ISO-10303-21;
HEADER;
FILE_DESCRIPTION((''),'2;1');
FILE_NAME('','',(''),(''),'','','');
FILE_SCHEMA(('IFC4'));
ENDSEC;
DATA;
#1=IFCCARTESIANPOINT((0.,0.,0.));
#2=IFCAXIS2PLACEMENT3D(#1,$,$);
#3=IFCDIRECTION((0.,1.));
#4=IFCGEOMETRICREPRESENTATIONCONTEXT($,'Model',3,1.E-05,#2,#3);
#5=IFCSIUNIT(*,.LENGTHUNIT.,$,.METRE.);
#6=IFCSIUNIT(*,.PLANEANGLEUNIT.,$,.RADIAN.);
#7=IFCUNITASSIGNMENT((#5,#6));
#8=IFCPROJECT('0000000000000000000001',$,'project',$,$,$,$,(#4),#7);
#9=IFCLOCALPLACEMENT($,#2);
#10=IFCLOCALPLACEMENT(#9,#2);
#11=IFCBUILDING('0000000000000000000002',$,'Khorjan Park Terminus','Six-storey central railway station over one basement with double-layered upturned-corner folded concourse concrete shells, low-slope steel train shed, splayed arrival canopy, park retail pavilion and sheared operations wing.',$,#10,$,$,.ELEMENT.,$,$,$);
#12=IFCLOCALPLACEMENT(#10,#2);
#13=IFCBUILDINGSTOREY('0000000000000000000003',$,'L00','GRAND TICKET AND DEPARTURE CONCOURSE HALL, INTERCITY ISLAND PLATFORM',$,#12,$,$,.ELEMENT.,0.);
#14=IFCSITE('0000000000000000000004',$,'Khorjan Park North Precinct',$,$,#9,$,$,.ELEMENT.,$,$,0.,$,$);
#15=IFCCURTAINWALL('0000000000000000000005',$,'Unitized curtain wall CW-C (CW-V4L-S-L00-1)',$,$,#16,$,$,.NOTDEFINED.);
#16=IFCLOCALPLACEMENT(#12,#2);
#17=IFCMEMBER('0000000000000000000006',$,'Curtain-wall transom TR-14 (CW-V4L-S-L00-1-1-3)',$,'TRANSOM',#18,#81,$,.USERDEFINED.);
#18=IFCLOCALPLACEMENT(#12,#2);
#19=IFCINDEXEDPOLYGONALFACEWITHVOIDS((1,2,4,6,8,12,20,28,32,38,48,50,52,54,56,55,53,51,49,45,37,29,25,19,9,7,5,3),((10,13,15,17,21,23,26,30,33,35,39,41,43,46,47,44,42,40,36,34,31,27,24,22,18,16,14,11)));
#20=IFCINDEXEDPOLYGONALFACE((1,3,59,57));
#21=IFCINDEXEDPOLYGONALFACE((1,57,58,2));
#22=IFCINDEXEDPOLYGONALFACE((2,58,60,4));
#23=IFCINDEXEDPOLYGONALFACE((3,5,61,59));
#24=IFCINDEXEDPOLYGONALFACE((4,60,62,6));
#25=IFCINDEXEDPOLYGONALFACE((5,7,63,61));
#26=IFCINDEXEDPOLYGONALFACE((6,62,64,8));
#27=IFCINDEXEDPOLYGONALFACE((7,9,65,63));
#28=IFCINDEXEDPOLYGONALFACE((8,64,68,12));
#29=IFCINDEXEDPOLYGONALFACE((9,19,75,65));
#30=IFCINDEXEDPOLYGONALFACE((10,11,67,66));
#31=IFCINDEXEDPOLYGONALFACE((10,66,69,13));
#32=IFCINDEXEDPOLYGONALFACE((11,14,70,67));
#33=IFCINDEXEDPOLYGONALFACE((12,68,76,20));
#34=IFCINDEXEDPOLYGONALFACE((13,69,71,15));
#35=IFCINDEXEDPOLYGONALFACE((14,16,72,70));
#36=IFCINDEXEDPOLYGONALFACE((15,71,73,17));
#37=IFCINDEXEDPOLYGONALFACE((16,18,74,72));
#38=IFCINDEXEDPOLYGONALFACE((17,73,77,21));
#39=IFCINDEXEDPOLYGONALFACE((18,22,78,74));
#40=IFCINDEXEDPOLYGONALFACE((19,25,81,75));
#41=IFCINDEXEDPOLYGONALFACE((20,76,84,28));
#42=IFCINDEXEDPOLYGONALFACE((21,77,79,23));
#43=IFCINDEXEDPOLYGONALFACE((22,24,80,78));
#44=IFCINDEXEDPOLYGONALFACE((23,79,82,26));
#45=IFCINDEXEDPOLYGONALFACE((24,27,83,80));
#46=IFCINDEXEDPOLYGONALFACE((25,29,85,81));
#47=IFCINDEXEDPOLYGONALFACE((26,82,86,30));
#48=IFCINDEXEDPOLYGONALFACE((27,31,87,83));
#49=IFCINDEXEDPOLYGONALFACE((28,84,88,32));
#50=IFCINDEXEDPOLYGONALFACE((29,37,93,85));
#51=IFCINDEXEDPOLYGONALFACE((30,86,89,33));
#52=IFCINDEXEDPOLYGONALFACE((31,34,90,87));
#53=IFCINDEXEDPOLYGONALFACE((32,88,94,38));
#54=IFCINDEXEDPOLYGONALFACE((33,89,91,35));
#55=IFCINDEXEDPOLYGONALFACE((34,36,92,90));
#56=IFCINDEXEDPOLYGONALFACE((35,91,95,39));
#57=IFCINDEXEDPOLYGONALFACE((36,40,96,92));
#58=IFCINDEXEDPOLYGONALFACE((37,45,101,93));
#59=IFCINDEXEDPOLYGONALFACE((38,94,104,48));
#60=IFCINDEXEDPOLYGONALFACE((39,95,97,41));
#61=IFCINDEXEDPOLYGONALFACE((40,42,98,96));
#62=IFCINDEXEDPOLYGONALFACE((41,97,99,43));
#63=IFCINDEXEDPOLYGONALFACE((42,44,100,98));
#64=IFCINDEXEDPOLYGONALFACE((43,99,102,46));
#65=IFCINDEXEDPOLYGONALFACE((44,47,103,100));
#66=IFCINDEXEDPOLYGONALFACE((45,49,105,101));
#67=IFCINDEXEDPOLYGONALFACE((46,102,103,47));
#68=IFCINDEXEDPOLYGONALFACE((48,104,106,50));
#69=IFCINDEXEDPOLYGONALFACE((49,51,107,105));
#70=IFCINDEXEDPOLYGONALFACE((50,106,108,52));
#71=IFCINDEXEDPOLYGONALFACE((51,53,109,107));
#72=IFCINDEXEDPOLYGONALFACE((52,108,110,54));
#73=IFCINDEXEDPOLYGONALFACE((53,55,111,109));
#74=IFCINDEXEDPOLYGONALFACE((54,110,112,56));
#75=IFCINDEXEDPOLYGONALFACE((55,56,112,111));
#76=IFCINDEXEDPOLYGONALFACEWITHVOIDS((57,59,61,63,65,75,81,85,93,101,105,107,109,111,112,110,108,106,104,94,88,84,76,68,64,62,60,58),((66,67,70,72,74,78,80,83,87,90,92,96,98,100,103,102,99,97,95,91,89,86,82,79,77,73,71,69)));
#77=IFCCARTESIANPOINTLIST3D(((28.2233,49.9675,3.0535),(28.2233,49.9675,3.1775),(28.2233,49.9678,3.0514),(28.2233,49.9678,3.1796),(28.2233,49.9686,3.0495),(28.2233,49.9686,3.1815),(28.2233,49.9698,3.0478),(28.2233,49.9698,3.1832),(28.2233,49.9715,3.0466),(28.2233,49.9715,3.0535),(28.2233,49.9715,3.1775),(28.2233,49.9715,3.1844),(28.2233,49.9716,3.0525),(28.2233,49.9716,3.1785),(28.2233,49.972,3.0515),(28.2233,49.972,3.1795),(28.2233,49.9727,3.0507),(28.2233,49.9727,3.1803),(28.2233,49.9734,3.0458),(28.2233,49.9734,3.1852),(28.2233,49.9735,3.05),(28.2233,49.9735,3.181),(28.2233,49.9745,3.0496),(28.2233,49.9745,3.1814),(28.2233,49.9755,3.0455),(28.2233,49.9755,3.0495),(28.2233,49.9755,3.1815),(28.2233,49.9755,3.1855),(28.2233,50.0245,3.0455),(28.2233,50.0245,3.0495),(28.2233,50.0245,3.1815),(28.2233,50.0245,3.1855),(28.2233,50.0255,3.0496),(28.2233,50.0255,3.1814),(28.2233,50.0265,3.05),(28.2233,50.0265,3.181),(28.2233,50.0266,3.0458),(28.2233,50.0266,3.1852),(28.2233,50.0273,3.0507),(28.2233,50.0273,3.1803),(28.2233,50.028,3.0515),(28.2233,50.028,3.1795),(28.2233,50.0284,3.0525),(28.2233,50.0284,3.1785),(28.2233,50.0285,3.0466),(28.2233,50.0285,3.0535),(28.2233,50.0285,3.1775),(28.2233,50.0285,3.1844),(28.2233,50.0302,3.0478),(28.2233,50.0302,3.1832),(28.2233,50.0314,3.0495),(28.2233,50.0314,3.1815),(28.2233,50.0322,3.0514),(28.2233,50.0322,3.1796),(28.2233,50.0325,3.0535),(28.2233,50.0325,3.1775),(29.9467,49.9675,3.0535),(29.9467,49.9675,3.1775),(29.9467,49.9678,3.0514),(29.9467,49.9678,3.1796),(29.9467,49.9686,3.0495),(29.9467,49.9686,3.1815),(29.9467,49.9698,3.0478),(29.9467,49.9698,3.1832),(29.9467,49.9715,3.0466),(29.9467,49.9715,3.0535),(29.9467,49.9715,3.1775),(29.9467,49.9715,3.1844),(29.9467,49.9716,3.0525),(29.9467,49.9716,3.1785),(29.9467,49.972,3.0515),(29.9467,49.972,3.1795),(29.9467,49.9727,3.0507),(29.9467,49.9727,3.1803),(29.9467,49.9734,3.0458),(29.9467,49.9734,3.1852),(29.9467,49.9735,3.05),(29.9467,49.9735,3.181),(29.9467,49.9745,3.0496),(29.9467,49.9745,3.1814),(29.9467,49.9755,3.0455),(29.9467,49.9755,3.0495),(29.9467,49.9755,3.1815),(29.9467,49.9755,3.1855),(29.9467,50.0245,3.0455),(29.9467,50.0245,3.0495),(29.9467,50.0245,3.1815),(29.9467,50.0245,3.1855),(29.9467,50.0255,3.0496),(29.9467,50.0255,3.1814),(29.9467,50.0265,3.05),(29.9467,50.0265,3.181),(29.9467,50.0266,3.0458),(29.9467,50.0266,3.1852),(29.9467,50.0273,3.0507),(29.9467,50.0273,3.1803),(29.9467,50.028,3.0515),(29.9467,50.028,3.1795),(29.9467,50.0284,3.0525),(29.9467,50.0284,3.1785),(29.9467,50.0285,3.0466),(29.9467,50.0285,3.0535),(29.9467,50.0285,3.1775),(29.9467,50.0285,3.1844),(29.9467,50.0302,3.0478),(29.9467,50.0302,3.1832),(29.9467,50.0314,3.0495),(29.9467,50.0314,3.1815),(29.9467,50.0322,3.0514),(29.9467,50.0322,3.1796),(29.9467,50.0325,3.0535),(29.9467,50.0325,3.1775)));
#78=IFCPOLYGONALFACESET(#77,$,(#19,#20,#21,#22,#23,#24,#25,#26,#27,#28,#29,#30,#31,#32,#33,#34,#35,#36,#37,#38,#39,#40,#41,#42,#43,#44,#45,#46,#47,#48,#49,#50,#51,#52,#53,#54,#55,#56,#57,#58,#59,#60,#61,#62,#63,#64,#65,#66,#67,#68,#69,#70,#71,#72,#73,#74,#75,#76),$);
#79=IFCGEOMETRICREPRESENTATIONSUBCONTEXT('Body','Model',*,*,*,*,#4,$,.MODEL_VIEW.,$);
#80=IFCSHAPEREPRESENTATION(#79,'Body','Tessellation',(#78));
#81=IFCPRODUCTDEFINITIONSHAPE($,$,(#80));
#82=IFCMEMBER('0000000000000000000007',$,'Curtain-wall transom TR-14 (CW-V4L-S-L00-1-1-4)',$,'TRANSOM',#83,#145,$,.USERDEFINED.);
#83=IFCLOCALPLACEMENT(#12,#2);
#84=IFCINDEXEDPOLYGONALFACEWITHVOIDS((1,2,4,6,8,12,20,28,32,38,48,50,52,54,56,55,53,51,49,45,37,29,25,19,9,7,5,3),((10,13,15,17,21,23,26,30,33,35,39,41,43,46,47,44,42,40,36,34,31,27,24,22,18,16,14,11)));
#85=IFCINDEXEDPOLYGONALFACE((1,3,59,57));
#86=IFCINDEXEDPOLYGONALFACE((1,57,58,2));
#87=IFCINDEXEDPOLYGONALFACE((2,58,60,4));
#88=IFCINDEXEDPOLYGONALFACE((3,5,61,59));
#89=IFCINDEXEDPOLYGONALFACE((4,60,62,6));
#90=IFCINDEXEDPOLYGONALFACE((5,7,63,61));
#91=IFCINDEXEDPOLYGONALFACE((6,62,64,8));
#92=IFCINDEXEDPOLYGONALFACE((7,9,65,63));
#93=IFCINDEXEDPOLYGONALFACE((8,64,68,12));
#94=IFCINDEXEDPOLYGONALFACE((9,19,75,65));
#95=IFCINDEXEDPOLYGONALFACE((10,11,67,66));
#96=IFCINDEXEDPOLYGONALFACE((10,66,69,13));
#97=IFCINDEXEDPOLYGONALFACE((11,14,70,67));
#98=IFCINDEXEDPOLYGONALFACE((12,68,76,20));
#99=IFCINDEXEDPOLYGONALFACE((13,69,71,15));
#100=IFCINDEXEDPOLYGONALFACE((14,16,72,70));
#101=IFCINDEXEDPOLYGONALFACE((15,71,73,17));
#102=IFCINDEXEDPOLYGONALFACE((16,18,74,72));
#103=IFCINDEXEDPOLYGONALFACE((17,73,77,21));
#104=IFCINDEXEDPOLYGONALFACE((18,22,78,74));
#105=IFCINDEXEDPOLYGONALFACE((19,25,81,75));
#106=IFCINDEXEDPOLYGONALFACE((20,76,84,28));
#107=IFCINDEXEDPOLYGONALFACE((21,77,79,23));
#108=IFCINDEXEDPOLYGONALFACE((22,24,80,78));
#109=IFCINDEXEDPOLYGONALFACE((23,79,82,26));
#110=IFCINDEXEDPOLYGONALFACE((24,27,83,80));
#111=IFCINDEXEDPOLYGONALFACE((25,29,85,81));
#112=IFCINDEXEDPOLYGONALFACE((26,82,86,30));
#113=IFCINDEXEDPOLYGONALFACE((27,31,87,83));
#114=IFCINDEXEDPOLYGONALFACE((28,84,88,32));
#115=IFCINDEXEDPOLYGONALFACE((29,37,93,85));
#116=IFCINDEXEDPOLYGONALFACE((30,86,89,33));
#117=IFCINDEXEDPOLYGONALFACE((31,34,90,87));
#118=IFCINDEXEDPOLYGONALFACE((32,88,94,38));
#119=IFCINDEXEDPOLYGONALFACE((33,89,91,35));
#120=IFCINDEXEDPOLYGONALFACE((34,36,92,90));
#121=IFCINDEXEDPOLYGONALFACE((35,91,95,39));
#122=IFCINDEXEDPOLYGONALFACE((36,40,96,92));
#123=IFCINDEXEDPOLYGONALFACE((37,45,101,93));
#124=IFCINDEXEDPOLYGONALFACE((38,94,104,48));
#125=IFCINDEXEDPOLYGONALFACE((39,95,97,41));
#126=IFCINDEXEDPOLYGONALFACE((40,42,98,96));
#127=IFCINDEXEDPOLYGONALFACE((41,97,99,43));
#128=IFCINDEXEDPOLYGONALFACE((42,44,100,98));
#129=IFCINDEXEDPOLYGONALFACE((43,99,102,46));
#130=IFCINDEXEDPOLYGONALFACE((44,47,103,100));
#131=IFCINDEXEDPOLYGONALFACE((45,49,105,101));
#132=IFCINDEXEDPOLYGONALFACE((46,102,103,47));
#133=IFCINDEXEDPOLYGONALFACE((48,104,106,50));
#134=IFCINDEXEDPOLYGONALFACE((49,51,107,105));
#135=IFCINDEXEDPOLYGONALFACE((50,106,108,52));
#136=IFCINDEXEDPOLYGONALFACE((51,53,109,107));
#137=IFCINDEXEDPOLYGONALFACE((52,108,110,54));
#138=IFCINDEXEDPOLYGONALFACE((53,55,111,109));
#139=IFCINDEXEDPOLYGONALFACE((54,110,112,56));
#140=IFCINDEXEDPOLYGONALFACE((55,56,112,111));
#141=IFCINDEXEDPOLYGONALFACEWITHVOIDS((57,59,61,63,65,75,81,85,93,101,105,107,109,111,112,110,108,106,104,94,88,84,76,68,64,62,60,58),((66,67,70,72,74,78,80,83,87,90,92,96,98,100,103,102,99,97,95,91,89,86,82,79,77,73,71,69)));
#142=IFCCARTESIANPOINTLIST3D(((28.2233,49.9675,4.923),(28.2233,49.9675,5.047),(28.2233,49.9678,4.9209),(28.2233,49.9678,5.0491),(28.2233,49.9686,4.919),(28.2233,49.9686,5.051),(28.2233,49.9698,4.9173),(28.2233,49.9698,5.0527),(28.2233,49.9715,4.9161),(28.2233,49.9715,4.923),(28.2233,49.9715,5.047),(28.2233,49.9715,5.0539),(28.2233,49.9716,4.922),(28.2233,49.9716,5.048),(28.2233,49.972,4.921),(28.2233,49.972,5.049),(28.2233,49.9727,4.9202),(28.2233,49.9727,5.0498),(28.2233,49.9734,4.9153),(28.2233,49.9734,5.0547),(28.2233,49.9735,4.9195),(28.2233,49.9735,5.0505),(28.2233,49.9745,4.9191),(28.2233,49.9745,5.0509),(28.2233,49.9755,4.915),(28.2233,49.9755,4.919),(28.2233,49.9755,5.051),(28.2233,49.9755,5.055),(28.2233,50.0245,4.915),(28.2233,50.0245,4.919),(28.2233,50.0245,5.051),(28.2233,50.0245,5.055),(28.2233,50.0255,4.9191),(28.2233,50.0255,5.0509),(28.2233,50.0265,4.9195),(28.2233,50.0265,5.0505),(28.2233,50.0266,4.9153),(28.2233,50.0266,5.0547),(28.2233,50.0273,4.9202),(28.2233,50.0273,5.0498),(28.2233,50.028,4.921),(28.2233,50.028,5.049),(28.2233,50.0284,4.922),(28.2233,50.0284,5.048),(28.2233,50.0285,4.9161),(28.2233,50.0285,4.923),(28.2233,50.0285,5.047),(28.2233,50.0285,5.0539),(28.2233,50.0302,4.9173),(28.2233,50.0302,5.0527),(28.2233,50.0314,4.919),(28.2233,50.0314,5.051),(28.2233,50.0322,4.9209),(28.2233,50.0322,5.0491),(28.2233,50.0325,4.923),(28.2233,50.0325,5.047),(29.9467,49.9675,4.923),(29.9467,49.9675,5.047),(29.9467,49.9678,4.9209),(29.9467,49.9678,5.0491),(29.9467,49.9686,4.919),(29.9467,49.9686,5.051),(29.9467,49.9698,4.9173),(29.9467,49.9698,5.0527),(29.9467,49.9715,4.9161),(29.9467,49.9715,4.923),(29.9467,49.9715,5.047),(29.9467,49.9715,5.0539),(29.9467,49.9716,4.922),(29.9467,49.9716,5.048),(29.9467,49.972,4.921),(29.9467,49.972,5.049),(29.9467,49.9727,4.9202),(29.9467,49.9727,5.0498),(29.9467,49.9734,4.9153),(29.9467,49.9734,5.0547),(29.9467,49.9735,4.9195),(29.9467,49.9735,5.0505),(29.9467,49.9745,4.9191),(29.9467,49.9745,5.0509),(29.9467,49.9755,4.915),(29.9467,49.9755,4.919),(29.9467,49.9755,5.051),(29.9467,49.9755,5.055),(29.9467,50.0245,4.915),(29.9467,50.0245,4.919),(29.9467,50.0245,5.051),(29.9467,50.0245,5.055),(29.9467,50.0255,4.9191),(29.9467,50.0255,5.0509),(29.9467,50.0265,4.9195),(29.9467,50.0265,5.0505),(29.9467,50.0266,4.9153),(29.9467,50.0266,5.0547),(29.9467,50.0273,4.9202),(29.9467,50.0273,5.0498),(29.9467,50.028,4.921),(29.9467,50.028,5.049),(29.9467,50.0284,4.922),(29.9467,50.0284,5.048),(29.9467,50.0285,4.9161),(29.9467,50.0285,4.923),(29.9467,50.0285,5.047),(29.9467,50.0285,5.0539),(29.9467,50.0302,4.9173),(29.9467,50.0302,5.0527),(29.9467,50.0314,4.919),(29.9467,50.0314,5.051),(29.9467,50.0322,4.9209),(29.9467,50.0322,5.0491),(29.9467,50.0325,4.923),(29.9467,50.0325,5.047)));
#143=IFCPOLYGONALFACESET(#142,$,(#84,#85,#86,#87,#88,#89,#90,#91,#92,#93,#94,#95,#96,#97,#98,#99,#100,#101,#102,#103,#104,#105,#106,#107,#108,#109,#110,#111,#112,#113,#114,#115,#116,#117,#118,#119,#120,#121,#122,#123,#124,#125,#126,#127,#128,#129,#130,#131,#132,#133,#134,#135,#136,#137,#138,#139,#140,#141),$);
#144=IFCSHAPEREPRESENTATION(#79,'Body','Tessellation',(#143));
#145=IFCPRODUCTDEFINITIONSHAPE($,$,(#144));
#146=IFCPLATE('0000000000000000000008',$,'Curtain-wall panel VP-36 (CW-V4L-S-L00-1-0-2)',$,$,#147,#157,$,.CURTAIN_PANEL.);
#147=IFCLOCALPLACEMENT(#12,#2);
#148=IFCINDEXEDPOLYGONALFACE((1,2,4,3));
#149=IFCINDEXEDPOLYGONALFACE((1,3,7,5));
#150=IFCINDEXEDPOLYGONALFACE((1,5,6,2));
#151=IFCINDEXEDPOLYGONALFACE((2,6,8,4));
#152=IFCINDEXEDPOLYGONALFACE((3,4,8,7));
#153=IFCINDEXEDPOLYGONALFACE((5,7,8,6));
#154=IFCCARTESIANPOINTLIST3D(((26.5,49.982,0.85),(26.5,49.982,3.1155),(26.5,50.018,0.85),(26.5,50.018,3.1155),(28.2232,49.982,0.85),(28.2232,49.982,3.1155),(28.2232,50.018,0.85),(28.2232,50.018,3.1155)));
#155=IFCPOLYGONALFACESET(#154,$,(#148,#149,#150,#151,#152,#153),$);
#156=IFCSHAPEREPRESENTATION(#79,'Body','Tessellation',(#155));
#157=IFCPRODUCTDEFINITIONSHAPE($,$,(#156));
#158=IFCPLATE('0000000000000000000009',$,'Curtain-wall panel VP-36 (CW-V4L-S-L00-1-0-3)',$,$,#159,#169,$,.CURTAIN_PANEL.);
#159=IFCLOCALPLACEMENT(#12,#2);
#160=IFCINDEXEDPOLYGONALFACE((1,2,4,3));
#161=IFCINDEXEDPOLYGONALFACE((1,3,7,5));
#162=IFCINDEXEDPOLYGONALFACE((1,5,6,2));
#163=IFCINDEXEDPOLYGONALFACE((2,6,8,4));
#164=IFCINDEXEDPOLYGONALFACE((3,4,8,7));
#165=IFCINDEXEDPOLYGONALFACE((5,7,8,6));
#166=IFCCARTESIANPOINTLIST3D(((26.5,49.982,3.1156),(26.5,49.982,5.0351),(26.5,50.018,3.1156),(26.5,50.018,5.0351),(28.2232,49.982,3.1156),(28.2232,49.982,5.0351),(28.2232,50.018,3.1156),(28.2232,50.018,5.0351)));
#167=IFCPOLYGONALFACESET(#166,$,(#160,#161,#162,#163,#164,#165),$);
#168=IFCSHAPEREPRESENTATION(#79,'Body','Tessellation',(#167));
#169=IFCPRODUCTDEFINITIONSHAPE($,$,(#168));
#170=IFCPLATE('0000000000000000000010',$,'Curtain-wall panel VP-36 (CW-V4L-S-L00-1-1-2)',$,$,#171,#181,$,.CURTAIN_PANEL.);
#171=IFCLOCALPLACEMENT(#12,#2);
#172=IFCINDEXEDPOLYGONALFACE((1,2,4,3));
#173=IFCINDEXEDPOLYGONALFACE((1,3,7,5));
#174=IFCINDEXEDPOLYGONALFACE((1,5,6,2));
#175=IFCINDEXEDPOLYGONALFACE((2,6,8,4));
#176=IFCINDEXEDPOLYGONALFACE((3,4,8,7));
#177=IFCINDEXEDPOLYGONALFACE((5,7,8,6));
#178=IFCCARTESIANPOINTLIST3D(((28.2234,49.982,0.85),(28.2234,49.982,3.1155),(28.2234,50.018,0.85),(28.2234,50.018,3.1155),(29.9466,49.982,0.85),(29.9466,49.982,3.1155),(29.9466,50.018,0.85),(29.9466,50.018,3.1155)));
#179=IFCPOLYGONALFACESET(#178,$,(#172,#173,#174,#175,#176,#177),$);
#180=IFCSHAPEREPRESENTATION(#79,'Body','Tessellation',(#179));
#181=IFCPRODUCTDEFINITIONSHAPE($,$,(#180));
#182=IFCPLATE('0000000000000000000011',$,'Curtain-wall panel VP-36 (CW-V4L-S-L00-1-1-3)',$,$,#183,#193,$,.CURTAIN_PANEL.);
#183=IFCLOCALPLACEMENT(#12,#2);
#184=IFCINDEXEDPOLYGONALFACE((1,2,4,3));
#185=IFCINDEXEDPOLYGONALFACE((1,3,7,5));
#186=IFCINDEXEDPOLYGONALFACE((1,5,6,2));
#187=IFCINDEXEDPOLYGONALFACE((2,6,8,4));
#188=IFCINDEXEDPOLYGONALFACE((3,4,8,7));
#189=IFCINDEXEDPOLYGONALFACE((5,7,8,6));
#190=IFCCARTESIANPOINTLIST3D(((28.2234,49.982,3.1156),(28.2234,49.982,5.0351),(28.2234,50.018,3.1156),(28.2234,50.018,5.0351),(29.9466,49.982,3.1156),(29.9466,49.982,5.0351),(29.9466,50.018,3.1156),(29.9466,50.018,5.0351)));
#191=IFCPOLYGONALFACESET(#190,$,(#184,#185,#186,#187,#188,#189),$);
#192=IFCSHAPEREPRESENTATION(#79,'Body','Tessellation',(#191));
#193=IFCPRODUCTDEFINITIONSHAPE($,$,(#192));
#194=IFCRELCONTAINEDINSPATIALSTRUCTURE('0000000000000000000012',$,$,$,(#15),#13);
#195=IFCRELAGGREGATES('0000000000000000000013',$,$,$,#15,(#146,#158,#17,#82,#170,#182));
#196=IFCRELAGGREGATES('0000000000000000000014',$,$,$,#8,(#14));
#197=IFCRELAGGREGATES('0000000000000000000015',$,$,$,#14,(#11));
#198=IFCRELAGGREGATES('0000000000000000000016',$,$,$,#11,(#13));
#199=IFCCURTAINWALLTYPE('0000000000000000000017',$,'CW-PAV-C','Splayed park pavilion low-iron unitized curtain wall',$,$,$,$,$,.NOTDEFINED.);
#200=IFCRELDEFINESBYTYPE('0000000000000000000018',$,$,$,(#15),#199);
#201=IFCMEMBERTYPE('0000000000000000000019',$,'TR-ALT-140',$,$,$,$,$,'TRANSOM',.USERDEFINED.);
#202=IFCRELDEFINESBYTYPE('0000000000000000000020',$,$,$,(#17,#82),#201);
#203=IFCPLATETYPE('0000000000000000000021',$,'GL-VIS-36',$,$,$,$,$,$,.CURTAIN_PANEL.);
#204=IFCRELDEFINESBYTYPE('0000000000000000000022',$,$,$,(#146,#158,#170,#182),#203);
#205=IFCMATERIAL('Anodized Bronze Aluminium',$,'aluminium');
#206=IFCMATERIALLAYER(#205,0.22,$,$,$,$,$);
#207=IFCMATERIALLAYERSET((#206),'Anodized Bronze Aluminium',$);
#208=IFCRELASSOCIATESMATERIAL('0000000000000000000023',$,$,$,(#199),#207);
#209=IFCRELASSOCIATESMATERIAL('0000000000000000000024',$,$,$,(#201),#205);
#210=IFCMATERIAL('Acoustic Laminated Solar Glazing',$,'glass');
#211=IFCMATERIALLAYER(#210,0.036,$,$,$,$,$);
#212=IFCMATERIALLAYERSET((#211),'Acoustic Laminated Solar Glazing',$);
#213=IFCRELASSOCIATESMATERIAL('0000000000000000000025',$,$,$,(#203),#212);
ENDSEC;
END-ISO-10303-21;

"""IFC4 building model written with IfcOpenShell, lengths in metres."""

from ifc_helpers import new_model, si_unit, direction, frame, origin, origin_2d, place, context, subcontext, project, spatial, rectangle, hollow_rectangle, extrude, material, layer, layer_set, material_profile, profile_set, type_object, element, aggregate, save


model = new_model("IFC4")

# Units and contexts
model_context = context("Model", 3, precision=1e-05, world=origin(), true_north=direction((0.0, 1.0)))
body_context = subcontext(model_context, "Body", "Model", "MODEL_VIEW")
ifc_project = project(units=[si_unit("LENGTHUNIT", "METRE"), si_unit("PLANEANGLEUNIT", "RADIAN")], contexts=[model_context])

# Site, building, storey
site_placement = place(None, origin())
site = spatial("IfcSite", under=ifc_project, at=site_placement, Name="Khorjan Park North Precinct", CompositionType="ELEMENT", RefElevation=0.0)
building_placement = place(site_placement, origin())
building = spatial("IfcBuilding", under=site, at=building_placement, Name="Khorjan Park Terminus", Description="Six-storey central railway station over one basement with double-layered upturned-corner folded concourse concrete shells, low-slope steel train shed, splayed arrival canopy, park retail pavilion and sheared operations wing.", CompositionType="ELEMENT")
storey_placement = place(building_placement, origin())
storey = spatial("IfcBuildingStorey", under=building, at=storey_placement, Name="L00", Description="GRAND TICKET AND DEPARTURE CONCOURSE HALL, INTERCITY ISLAND PLATFORM", CompositionType="ELEMENT", Elevation=0.0)

# Curtain wall
ifc_material_1 = material(Name="Anodized Bronze Aluminium", Category="aluminium")
ifc_layer_1 = layer(ifc_material_1, 0.22)
ifc_layer_set_1 = layer_set([ifc_layer_1], Name="Anodized Bronze Aluminium")
curtain_wall_type = type_object("IfcCurtainWallType", Name="CW-PAV-C", Description="Splayed park pavilion low-iron unitized curtain wall", PredefinedType="NOTDEFINED", material=ifc_layer_set_1)
curtain_wall_1_placement = place(storey_placement, origin())
curtain_wall_1 = element("IfcCurtainWall", 1, at=curtain_wall_1_placement, inside=storey, type_object=curtain_wall_type, Name="Unitized curtain wall CW-C (CW-V4L-S-L00-1)", PredefinedType="NOTDEFINED")

# Members
ifc_material_profile_1 = material_profile(ifc_material_1, hollow_rectangle(XDim=0.065, YDim=0.14, WallThickness=0.004, InnerFilletRadius=0.004, OuterFilletRadius=0.008, at=origin_2d()), Name="ALT 65x140x4")
ifc_profile_set_1 = profile_set([ifc_material_profile_1], Name="Anodized Bronze Aluminium")
member_type_1 = type_object("IfcMemberType", Name="TR-ALT-140", ElementType="TRANSOM", PredefinedType="USERDEFINED", material=ifc_profile_set_1)
member_1_placement = place(storey_placement, frame((28.2233, 50.0, 3.1155), z_axis=(1.0, 0.0, 0.0), x_axis=(0.0, 1.0, 0.0)))
member_1 = element("IfcMember", 2, at=member_1_placement, type_object=member_type_1, Name="Curtain-wall transom TR-14 (CW-V4L-S-L00-1-1-3)", ObjectType="TRANSOM", PredefinedType="USERDEFINED", context=body_context, shape_type="SweptSolid", body=[
    extrude(hollow_rectangle(XDim=0.065, YDim=0.14, WallThickness=0.004, InnerFilletRadius=0.004, OuterFilletRadius=0.008, at=origin_2d()), origin(), (0.0, 0.0, 1.0), 1.7234),
])
member_2_placement = place(storey_placement, frame((28.2233, 50.0, 4.985), z_axis=(1.0, 0.0, 0.0), x_axis=(0.0, 1.0, 0.0)))
member_2 = element("IfcMember", 3, at=member_2_placement, type_object=member_type_1, Name="Curtain-wall transom TR-14 (CW-V4L-S-L00-1-1-4)", ObjectType="TRANSOM", PredefinedType="USERDEFINED", context=body_context, shape_type="SweptSolid", body=[
    extrude(hollow_rectangle(XDim=0.065, YDim=0.14, WallThickness=0.004, InnerFilletRadius=0.004, OuterFilletRadius=0.008, at=origin_2d()), origin(), (0.0, 0.0, 1.0), 1.7234),
])

# Plates
ifc_material_2 = material(Name="Acoustic Laminated Solar Glazing", Category="glass")
ifc_layer_2 = layer(ifc_material_2, 0.036)
ifc_layer_set_2 = layer_set([ifc_layer_2], Name="Acoustic Laminated Solar Glazing")
plate_type_1 = type_object("IfcPlateType", Name="GL-VIS-36", PredefinedType="CURTAIN_PANEL", material=ifc_layer_set_2)
plate_1_placement = place(storey_placement, frame((27.3616, 50.0, 0.85), z_axis=(0.0, 0.0, 1.0), x_axis=(1.0, 0.0, 0.0)))
plate_1 = element("IfcPlate", 4, at=plate_1_placement, type_object=plate_type_1, Name="Curtain-wall panel VP-36 (CW-V4L-S-L00-1-0-2)", PredefinedType="CURTAIN_PANEL", context=body_context, shape_type="SweptSolid", body=[
    extrude(rectangle(XDim=1.7233, YDim=0.036, at=origin_2d()), origin(), (0.0, 0.0, 1.0), 2.2655),
])
plate_2_placement = place(storey_placement, frame((27.3616, 50.0, 3.1156), z_axis=(0.0, 0.0, 1.0), x_axis=(1.0, 0.0, 0.0)))
plate_2 = element("IfcPlate", 5, at=plate_2_placement, type_object=plate_type_1, Name="Curtain-wall panel VP-36 (CW-V4L-S-L00-1-0-3)", PredefinedType="CURTAIN_PANEL", context=body_context, shape_type="SweptSolid", body=[
    extrude(rectangle(XDim=1.7233, YDim=0.036, at=origin_2d()), origin(), (0.0, 0.0, 1.0), 1.9195),
])
plate_3_placement = place(storey_placement, frame((29.085, 50.0, 0.85), z_axis=(0.0, 0.0, 1.0), x_axis=(1.0, 0.0, 0.0)))
plate_3 = element("IfcPlate", 6, at=plate_3_placement, type_object=plate_type_1, Name="Curtain-wall panel VP-36 (CW-V4L-S-L00-1-1-2)", PredefinedType="CURTAIN_PANEL", context=body_context, shape_type="SweptSolid", body=[
    extrude(rectangle(XDim=1.7233, YDim=0.036, at=origin_2d()), origin(), (0.0, 0.0, 1.0), 2.2655),
])
plate_4_placement = place(storey_placement, frame((29.085, 50.0, 3.1156), z_axis=(0.0, 0.0, 1.0), x_axis=(1.0, 0.0, 0.0)))
plate_4 = element("IfcPlate", 7, at=plate_4_placement, type_object=plate_type_1, Name="Curtain-wall panel VP-36 (CW-V4L-S-L00-1-1-3)", PredefinedType="CURTAIN_PANEL", context=body_context, shape_type="SweptSolid", body=[
    extrude(rectangle(XDim=1.7233, YDim=0.036, at=origin_2d()), origin(), (0.0, 0.0, 1.0), 1.9195),
])
aggregate(curtain_wall_1, [plate_1, plate_2, member_1, member_2, plate_3, plate_4])

save(model, "model.ifc")
